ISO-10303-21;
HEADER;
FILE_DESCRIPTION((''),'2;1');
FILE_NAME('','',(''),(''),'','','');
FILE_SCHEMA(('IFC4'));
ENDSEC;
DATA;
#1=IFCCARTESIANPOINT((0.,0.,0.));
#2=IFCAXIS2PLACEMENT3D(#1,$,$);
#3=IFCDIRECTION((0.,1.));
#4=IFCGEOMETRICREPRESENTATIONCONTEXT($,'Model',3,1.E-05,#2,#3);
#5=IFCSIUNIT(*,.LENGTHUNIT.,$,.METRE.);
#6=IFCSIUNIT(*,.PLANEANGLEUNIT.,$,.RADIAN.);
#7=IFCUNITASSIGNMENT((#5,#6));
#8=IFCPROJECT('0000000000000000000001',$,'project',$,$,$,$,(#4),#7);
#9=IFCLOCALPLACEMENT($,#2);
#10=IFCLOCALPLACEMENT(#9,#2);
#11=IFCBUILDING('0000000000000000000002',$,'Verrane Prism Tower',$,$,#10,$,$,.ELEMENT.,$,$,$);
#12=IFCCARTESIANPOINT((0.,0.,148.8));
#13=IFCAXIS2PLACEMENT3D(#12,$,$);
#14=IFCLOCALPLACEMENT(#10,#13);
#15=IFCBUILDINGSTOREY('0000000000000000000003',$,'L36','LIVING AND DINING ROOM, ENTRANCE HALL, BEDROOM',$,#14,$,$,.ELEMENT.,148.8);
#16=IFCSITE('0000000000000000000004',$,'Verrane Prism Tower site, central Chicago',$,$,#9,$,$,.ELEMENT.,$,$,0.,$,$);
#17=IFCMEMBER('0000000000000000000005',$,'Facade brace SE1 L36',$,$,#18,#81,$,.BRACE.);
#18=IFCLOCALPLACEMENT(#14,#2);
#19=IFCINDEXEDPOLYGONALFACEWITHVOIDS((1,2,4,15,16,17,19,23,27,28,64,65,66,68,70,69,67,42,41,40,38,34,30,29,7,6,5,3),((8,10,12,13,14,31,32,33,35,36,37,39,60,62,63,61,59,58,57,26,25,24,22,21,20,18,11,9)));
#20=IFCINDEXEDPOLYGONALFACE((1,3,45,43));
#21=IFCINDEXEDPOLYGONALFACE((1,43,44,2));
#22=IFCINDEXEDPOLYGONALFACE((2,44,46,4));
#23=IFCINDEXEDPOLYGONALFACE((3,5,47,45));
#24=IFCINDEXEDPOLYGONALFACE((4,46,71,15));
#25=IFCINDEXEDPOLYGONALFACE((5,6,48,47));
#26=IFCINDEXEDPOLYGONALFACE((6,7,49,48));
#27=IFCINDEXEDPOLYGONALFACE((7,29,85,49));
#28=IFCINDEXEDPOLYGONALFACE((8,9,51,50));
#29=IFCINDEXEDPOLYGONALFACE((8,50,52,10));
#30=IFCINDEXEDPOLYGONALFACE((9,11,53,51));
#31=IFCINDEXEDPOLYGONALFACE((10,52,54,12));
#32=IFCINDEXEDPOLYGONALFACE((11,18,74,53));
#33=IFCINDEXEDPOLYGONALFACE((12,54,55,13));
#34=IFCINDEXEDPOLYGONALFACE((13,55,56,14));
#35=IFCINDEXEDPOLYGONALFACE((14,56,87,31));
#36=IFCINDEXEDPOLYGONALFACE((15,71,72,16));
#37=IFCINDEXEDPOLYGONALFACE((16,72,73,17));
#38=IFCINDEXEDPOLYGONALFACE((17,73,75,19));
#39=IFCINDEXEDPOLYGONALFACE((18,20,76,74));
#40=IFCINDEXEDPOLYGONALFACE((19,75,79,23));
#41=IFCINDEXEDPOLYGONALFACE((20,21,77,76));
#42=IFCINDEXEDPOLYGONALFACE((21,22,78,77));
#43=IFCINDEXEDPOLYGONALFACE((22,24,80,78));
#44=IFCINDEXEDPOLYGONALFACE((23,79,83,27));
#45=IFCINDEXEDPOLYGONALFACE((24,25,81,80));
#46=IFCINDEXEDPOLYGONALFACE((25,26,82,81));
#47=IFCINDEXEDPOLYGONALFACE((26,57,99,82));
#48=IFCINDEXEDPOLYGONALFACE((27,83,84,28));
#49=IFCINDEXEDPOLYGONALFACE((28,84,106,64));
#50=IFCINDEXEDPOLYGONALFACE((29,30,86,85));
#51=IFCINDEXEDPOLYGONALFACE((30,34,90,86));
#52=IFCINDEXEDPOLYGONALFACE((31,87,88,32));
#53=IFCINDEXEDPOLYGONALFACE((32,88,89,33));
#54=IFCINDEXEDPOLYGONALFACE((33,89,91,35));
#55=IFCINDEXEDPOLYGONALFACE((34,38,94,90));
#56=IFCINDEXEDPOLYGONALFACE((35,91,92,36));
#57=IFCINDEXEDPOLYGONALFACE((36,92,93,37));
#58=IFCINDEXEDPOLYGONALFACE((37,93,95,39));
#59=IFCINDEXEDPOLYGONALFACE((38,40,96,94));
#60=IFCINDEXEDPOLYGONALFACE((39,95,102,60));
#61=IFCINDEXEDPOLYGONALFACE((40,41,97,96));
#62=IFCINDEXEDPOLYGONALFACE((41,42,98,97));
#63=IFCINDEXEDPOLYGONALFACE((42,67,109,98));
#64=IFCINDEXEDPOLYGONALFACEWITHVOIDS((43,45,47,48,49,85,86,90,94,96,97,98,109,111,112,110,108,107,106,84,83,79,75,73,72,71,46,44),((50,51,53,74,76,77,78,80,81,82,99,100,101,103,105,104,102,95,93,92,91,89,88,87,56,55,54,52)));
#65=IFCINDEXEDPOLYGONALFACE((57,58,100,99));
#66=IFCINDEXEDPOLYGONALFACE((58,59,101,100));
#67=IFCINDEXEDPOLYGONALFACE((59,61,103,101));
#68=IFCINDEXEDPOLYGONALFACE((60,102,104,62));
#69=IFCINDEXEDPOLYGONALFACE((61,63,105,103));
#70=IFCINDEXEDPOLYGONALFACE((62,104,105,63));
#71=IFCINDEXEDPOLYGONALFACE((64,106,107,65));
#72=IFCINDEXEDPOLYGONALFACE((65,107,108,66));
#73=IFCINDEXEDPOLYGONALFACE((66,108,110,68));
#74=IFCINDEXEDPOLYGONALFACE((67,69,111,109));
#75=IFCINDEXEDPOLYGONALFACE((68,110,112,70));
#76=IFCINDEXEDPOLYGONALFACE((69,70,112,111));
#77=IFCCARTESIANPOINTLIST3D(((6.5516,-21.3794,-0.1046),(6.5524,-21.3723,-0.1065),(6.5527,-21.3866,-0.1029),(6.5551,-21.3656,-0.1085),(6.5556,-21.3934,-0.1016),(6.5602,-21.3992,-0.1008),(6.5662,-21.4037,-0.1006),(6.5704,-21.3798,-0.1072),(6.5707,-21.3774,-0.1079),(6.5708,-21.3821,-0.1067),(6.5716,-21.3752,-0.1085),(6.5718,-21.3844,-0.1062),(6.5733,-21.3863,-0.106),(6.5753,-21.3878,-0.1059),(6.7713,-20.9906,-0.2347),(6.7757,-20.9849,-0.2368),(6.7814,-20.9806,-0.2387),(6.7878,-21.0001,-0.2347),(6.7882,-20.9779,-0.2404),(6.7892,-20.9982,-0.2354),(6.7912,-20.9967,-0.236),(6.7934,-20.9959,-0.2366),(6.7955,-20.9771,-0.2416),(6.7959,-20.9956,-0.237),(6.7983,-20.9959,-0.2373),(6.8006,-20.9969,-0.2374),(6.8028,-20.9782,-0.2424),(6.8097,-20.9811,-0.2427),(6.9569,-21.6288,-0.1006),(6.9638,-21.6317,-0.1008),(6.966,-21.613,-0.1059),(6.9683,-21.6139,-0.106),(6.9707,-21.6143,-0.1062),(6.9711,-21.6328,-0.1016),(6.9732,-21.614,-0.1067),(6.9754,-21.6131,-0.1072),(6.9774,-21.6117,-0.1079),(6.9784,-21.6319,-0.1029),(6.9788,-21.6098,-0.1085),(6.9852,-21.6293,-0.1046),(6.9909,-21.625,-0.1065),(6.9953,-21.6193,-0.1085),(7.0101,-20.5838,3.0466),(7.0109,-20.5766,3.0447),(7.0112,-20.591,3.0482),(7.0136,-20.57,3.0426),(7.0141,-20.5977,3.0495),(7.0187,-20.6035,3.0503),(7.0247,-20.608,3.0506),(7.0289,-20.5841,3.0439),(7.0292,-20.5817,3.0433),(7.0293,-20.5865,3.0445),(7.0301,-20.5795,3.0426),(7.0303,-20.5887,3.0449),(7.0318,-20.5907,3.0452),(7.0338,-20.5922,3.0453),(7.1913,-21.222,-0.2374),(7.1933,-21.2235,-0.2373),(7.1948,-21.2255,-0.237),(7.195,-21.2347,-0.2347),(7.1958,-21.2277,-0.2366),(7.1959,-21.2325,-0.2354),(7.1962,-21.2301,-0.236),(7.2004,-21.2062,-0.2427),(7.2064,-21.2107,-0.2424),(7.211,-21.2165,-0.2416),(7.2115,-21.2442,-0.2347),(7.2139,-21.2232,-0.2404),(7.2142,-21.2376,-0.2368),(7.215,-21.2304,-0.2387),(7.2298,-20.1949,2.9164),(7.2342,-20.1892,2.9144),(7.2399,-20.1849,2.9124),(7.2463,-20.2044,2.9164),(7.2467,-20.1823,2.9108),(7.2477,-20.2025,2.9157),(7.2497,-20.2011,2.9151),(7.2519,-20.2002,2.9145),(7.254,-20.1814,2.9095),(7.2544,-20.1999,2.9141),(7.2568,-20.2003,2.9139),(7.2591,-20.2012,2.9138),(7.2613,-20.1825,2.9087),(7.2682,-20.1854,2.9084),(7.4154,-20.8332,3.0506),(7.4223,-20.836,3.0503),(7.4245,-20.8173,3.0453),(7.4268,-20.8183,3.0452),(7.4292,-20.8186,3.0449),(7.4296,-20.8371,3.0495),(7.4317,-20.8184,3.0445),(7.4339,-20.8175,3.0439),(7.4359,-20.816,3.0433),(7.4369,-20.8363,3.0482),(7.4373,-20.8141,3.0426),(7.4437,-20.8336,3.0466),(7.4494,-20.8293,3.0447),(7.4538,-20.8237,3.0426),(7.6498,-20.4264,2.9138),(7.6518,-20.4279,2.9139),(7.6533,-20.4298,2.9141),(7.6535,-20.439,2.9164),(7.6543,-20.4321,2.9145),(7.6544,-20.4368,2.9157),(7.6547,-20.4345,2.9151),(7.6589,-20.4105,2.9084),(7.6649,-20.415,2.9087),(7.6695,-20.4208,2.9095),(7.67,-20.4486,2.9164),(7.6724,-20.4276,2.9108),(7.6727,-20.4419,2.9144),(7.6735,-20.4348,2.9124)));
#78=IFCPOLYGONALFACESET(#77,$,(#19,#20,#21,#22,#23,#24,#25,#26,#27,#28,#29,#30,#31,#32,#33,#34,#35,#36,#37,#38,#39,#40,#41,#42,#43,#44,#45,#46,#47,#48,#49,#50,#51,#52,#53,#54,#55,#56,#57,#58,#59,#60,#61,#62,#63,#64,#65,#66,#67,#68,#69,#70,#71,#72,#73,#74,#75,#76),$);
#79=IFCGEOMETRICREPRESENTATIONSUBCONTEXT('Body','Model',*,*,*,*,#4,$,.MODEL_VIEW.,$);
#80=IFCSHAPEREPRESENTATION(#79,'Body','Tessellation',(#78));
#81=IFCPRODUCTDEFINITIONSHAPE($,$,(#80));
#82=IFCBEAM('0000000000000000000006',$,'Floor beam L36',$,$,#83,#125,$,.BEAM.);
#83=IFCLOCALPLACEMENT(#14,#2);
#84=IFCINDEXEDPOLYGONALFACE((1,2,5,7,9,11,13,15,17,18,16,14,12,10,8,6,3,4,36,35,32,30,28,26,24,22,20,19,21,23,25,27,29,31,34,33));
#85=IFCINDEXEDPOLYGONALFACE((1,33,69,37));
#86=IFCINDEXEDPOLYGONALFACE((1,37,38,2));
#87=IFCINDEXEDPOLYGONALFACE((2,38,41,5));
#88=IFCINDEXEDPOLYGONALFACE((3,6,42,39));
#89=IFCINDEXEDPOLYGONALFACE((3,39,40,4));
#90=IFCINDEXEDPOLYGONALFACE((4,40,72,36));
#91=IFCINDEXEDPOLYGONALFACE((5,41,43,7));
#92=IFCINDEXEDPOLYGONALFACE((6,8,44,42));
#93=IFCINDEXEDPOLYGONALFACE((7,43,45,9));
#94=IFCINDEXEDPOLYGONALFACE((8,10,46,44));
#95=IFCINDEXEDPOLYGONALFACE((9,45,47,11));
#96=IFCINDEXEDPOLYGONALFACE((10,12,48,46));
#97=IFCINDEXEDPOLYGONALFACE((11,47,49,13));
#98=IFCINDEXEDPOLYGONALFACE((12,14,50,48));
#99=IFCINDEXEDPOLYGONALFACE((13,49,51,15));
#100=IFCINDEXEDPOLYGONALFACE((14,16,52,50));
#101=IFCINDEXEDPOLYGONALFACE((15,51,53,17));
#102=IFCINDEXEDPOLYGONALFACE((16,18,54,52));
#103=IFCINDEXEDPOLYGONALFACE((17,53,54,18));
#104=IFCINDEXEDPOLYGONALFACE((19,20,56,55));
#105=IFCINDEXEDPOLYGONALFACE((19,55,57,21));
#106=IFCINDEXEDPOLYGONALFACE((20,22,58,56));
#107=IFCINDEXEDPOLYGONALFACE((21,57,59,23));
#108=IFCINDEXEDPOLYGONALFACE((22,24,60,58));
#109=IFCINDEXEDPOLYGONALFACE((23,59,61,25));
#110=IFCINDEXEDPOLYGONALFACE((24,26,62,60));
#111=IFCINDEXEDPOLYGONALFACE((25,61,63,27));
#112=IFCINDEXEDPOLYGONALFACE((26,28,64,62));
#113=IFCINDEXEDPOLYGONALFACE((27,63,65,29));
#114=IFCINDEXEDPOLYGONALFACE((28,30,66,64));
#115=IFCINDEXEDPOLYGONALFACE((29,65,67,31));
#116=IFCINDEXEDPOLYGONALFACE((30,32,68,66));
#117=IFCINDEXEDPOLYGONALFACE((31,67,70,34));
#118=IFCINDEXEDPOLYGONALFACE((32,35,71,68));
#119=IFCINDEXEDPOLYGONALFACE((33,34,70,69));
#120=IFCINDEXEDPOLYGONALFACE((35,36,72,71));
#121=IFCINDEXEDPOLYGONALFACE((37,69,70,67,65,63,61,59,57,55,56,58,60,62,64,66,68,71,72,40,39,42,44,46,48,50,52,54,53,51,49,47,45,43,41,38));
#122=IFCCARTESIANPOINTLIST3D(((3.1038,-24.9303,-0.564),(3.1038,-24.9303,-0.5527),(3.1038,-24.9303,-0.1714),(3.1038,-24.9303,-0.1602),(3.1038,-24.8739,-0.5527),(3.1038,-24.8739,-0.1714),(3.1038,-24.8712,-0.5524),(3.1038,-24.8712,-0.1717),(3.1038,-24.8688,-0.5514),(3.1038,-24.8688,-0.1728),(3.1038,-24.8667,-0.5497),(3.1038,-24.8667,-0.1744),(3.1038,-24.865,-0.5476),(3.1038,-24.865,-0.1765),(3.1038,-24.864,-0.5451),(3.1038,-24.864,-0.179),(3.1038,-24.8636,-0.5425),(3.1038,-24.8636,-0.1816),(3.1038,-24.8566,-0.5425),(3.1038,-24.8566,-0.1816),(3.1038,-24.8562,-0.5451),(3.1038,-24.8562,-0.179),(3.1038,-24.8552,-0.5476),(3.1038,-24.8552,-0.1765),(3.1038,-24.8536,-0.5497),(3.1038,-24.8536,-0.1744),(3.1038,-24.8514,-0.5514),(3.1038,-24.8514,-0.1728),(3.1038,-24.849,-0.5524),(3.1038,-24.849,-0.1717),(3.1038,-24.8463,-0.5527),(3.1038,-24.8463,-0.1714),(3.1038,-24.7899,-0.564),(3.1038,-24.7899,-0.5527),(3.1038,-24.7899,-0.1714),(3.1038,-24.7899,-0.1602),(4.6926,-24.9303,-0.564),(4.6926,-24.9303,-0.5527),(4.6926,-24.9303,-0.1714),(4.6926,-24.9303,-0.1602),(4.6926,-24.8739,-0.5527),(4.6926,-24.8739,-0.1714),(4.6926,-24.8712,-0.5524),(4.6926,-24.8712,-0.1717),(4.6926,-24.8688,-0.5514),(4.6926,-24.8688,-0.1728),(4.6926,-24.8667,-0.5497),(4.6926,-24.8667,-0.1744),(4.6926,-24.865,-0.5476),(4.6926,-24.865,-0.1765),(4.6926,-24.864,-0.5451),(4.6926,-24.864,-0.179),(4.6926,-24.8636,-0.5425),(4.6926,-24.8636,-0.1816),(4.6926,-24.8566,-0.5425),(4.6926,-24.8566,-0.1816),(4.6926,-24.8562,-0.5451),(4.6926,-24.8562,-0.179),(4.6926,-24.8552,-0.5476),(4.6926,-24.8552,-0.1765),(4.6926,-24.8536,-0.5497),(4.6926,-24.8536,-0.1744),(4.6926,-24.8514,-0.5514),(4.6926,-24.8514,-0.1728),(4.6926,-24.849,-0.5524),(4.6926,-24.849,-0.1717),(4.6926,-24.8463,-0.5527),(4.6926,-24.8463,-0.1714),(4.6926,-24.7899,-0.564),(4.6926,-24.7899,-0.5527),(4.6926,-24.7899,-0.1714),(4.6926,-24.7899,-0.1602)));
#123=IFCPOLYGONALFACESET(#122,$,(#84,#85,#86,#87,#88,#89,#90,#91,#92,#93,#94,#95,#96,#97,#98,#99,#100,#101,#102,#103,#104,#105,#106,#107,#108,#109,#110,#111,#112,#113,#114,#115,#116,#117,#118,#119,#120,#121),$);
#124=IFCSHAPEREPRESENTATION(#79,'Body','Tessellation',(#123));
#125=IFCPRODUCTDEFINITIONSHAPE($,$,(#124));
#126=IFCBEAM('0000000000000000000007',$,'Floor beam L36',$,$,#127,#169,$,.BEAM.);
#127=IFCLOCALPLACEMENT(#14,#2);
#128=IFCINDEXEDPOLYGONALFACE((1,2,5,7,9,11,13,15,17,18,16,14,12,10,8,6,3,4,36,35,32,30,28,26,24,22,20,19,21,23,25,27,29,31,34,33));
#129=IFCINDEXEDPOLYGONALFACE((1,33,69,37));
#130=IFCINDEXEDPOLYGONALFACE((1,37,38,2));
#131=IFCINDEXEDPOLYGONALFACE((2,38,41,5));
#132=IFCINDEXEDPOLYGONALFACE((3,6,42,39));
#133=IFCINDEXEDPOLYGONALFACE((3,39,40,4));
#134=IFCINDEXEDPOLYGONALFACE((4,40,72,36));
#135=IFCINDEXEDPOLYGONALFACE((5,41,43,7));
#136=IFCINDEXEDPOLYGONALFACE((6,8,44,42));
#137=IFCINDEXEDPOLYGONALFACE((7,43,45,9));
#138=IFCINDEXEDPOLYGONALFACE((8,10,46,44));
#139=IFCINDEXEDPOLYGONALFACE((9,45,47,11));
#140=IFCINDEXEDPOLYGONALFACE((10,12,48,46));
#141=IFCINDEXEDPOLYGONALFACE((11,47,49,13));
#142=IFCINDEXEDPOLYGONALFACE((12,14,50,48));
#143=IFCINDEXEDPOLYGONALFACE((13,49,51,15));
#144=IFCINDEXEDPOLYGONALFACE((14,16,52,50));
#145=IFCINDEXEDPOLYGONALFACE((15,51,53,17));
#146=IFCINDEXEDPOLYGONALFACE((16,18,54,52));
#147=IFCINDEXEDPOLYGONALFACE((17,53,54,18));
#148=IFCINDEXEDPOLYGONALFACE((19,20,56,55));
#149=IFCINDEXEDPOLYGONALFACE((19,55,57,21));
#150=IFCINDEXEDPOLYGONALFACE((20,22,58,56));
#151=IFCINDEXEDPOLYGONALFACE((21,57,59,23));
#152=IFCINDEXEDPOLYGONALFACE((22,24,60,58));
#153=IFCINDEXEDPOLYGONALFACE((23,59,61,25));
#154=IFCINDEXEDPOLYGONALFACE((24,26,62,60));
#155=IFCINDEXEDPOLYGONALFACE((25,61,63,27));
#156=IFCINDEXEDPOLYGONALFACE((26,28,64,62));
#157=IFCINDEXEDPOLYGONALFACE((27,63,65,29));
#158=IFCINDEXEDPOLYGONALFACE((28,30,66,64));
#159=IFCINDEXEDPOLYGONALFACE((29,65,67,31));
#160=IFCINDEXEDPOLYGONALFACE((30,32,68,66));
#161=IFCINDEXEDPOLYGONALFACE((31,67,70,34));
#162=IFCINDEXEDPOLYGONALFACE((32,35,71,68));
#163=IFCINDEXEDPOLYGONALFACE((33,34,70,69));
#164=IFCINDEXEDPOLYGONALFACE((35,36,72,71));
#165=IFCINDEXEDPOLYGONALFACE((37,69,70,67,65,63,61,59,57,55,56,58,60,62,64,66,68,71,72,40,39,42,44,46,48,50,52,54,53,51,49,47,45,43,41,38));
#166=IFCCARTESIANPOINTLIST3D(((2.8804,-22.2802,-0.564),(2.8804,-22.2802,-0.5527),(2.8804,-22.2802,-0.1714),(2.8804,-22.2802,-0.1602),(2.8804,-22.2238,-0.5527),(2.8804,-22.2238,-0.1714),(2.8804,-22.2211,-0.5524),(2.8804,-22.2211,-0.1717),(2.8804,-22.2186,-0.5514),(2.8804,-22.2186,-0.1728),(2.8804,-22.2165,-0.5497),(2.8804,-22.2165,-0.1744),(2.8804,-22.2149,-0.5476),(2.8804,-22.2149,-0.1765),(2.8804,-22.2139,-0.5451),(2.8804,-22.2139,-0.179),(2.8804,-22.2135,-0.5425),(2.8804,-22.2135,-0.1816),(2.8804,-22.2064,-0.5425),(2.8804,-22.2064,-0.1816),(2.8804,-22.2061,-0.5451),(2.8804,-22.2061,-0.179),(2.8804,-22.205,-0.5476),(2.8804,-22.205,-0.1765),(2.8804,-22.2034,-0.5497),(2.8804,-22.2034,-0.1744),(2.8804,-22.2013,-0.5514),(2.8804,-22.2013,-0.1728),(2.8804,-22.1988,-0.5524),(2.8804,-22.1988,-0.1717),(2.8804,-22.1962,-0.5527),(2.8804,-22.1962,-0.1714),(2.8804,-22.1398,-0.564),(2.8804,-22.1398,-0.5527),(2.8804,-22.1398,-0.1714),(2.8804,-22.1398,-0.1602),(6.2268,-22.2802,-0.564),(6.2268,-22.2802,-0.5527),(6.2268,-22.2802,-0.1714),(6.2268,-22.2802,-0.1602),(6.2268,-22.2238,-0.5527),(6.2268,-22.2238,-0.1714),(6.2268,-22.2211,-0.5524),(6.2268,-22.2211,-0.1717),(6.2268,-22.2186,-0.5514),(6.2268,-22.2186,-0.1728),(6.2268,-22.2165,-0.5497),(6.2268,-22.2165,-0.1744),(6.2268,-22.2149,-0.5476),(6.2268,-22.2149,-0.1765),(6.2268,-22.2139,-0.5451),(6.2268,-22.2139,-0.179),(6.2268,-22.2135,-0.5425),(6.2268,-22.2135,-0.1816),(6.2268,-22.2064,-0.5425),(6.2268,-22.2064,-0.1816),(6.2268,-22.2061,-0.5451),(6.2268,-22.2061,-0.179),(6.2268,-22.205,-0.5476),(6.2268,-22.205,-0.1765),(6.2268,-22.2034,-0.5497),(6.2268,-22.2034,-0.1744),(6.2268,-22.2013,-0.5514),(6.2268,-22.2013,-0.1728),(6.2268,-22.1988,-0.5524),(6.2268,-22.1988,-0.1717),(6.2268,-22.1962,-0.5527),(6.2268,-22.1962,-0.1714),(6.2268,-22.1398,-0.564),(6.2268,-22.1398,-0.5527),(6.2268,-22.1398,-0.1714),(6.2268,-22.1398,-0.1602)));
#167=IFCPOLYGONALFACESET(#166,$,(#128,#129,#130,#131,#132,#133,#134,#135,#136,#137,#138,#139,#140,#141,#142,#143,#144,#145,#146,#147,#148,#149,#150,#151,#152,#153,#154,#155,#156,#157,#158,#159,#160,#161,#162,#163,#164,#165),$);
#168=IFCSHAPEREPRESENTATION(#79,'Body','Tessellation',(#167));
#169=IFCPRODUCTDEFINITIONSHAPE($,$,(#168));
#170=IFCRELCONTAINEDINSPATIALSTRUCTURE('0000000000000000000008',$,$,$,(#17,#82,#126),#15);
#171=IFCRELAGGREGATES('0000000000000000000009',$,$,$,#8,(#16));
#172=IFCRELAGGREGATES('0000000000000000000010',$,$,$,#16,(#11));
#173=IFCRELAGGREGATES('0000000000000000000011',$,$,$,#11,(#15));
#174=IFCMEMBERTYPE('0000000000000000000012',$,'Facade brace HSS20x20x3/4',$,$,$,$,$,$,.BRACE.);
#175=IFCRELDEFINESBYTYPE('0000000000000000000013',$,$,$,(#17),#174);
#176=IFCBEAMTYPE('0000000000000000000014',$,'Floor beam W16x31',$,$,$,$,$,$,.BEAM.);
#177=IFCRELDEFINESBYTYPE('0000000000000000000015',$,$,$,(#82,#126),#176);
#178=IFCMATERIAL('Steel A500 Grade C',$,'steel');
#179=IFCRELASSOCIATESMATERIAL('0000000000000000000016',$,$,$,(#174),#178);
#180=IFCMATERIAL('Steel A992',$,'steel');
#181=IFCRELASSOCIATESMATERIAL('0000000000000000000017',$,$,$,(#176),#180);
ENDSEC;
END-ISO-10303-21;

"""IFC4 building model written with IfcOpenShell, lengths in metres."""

from ifc_helpers import new_model, si_unit, direction, frame, origin, origin_2d, place, context, subcontext, project, spatial, hollow_rectangle, i_section, extrude, material, material_profile, profile_set, type_object, element, save


model = new_model("IFC4")

# Units and contexts
model_context = context("Model", 3, precision=1e-05, world=origin(), true_north=direction((0.0, 1.0)))
body_context = subcontext(model_context, "Body", "Model", "MODEL_VIEW")
ifc_project = project(units=[si_unit("LENGTHUNIT", "METRE"), si_unit("PLANEANGLEUNIT", "RADIAN")], contexts=[model_context])

# Site, building, storey
site_placement = place(None, origin())
site = spatial("IfcSite", under=ifc_project, at=site_placement, Name="Verrane Prism Tower site, central Chicago", CompositionType="ELEMENT", RefElevation=0.0)
building_placement = place(site_placement, origin())
building = spatial("IfcBuilding", under=site, at=building_placement, Name="Verrane Prism Tower", CompositionType="ELEMENT")
storey_placement = place(building_placement, frame((0.0, 0.0, 148.8)))
storey = spatial("IfcBuildingStorey", under=building, at=storey_placement, Name="L36", Description="LIVING AND DINING ROOM, ENTRANCE HALL, BEDROOM", CompositionType="ELEMENT", Elevation=148.8)

# Member
ifc_material_1 = material(Name="Steel A500 Grade C", Category="steel")
ifc_material_profile_1 = material_profile(ifc_material_1, hollow_rectangle(XDim=0.5081, YDim=0.5081, WallThickness=0.019, InnerFilletRadius=0.0095, OuterFilletRadius=0.0286, at=origin_2d()), Name="HSS20x20x3/4")
ifc_profile_set_1 = profile_set([ifc_material_profile_1], Name="Steel A500 Grade C")
member_type_1 = type_object("IfcMemberType", Name="Facade brace HSS20x20x3/4", PredefinedType="BRACE", material=ifc_profile_set_1)
member_1_placement = place(storey_placement, frame((6.8833, -21.3049, -0.1716), z_axis=(0.139692, 0.242415, 0.960063), x_axis=(-0.866438, 0.499285, 0.0)))
element("IfcMember", 1, at=member_1_placement, inside=storey, type_object=member_type_1, Name="Facade brace SE1 L36", PredefinedType="BRACE", context=body_context, shape_type="SweptSolid", body=[
    extrude(hollow_rectangle(XDim=0.5081, YDim=0.5081, WallThickness=0.019, InnerFilletRadius=0.0095, OuterFilletRadius=0.0286, at=origin_2d()), origin(), (0.0, 0.0, 1.0), 3.2822),
])

# Beams
ifc_material_2 = material(Name="Steel A992", Category="steel")
ifc_material_profile_2 = material_profile(ifc_material_2, i_section(OverallWidth=0.1404, OverallDepth=0.4038, WebThickness=0.0071, FlangeThickness=0.0112, FilletRadius=0.0103, at=origin_2d()), Name="W16x31")
ifc_profile_set_2 = profile_set([ifc_material_profile_2], Name="Steel A992")
beam_type_1 = type_object("IfcBeamType", Name="Floor beam W16x31", PredefinedType="BEAM", material=ifc_profile_set_2)
beam_1_placement = place(storey_placement, frame((3.1038, -24.8601, -0.3621), z_axis=(1.0, 0.0, 0.0), x_axis=(0.0, 1.0, 0.0)))
element("IfcBeam", 2, at=beam_1_placement, inside=storey, type_object=beam_type_1, Name="Floor beam L36", PredefinedType="BEAM", context=body_context, shape_type="SweptSolid", body=[
    extrude(i_section(OverallWidth=0.1404, OverallDepth=0.4038, WebThickness=0.0071, FlangeThickness=0.0112, FilletRadius=0.0103, at=origin_2d()), origin(), (0.0, 0.0, 1.0), 1.5889),
])
beam_2_placement = place(storey_placement, frame((2.8804, -22.21, -0.3621), z_axis=(1.0, 0.0, 0.0), x_axis=(0.0, 1.0, 0.0)))
element("IfcBeam", 3, at=beam_2_placement, inside=storey, type_object=beam_type_1, Name="Floor beam L36", PredefinedType="BEAM", context=body_context, shape_type="SweptSolid", body=[
    extrude(i_section(OverallWidth=0.1404, OverallDepth=0.4038, WebThickness=0.0071, FlangeThickness=0.0112, FilletRadius=0.0103, at=origin_2d()), origin(), (0.0, 0.0, 1.0), 3.3464),
])

save(model, "model.ifc")
